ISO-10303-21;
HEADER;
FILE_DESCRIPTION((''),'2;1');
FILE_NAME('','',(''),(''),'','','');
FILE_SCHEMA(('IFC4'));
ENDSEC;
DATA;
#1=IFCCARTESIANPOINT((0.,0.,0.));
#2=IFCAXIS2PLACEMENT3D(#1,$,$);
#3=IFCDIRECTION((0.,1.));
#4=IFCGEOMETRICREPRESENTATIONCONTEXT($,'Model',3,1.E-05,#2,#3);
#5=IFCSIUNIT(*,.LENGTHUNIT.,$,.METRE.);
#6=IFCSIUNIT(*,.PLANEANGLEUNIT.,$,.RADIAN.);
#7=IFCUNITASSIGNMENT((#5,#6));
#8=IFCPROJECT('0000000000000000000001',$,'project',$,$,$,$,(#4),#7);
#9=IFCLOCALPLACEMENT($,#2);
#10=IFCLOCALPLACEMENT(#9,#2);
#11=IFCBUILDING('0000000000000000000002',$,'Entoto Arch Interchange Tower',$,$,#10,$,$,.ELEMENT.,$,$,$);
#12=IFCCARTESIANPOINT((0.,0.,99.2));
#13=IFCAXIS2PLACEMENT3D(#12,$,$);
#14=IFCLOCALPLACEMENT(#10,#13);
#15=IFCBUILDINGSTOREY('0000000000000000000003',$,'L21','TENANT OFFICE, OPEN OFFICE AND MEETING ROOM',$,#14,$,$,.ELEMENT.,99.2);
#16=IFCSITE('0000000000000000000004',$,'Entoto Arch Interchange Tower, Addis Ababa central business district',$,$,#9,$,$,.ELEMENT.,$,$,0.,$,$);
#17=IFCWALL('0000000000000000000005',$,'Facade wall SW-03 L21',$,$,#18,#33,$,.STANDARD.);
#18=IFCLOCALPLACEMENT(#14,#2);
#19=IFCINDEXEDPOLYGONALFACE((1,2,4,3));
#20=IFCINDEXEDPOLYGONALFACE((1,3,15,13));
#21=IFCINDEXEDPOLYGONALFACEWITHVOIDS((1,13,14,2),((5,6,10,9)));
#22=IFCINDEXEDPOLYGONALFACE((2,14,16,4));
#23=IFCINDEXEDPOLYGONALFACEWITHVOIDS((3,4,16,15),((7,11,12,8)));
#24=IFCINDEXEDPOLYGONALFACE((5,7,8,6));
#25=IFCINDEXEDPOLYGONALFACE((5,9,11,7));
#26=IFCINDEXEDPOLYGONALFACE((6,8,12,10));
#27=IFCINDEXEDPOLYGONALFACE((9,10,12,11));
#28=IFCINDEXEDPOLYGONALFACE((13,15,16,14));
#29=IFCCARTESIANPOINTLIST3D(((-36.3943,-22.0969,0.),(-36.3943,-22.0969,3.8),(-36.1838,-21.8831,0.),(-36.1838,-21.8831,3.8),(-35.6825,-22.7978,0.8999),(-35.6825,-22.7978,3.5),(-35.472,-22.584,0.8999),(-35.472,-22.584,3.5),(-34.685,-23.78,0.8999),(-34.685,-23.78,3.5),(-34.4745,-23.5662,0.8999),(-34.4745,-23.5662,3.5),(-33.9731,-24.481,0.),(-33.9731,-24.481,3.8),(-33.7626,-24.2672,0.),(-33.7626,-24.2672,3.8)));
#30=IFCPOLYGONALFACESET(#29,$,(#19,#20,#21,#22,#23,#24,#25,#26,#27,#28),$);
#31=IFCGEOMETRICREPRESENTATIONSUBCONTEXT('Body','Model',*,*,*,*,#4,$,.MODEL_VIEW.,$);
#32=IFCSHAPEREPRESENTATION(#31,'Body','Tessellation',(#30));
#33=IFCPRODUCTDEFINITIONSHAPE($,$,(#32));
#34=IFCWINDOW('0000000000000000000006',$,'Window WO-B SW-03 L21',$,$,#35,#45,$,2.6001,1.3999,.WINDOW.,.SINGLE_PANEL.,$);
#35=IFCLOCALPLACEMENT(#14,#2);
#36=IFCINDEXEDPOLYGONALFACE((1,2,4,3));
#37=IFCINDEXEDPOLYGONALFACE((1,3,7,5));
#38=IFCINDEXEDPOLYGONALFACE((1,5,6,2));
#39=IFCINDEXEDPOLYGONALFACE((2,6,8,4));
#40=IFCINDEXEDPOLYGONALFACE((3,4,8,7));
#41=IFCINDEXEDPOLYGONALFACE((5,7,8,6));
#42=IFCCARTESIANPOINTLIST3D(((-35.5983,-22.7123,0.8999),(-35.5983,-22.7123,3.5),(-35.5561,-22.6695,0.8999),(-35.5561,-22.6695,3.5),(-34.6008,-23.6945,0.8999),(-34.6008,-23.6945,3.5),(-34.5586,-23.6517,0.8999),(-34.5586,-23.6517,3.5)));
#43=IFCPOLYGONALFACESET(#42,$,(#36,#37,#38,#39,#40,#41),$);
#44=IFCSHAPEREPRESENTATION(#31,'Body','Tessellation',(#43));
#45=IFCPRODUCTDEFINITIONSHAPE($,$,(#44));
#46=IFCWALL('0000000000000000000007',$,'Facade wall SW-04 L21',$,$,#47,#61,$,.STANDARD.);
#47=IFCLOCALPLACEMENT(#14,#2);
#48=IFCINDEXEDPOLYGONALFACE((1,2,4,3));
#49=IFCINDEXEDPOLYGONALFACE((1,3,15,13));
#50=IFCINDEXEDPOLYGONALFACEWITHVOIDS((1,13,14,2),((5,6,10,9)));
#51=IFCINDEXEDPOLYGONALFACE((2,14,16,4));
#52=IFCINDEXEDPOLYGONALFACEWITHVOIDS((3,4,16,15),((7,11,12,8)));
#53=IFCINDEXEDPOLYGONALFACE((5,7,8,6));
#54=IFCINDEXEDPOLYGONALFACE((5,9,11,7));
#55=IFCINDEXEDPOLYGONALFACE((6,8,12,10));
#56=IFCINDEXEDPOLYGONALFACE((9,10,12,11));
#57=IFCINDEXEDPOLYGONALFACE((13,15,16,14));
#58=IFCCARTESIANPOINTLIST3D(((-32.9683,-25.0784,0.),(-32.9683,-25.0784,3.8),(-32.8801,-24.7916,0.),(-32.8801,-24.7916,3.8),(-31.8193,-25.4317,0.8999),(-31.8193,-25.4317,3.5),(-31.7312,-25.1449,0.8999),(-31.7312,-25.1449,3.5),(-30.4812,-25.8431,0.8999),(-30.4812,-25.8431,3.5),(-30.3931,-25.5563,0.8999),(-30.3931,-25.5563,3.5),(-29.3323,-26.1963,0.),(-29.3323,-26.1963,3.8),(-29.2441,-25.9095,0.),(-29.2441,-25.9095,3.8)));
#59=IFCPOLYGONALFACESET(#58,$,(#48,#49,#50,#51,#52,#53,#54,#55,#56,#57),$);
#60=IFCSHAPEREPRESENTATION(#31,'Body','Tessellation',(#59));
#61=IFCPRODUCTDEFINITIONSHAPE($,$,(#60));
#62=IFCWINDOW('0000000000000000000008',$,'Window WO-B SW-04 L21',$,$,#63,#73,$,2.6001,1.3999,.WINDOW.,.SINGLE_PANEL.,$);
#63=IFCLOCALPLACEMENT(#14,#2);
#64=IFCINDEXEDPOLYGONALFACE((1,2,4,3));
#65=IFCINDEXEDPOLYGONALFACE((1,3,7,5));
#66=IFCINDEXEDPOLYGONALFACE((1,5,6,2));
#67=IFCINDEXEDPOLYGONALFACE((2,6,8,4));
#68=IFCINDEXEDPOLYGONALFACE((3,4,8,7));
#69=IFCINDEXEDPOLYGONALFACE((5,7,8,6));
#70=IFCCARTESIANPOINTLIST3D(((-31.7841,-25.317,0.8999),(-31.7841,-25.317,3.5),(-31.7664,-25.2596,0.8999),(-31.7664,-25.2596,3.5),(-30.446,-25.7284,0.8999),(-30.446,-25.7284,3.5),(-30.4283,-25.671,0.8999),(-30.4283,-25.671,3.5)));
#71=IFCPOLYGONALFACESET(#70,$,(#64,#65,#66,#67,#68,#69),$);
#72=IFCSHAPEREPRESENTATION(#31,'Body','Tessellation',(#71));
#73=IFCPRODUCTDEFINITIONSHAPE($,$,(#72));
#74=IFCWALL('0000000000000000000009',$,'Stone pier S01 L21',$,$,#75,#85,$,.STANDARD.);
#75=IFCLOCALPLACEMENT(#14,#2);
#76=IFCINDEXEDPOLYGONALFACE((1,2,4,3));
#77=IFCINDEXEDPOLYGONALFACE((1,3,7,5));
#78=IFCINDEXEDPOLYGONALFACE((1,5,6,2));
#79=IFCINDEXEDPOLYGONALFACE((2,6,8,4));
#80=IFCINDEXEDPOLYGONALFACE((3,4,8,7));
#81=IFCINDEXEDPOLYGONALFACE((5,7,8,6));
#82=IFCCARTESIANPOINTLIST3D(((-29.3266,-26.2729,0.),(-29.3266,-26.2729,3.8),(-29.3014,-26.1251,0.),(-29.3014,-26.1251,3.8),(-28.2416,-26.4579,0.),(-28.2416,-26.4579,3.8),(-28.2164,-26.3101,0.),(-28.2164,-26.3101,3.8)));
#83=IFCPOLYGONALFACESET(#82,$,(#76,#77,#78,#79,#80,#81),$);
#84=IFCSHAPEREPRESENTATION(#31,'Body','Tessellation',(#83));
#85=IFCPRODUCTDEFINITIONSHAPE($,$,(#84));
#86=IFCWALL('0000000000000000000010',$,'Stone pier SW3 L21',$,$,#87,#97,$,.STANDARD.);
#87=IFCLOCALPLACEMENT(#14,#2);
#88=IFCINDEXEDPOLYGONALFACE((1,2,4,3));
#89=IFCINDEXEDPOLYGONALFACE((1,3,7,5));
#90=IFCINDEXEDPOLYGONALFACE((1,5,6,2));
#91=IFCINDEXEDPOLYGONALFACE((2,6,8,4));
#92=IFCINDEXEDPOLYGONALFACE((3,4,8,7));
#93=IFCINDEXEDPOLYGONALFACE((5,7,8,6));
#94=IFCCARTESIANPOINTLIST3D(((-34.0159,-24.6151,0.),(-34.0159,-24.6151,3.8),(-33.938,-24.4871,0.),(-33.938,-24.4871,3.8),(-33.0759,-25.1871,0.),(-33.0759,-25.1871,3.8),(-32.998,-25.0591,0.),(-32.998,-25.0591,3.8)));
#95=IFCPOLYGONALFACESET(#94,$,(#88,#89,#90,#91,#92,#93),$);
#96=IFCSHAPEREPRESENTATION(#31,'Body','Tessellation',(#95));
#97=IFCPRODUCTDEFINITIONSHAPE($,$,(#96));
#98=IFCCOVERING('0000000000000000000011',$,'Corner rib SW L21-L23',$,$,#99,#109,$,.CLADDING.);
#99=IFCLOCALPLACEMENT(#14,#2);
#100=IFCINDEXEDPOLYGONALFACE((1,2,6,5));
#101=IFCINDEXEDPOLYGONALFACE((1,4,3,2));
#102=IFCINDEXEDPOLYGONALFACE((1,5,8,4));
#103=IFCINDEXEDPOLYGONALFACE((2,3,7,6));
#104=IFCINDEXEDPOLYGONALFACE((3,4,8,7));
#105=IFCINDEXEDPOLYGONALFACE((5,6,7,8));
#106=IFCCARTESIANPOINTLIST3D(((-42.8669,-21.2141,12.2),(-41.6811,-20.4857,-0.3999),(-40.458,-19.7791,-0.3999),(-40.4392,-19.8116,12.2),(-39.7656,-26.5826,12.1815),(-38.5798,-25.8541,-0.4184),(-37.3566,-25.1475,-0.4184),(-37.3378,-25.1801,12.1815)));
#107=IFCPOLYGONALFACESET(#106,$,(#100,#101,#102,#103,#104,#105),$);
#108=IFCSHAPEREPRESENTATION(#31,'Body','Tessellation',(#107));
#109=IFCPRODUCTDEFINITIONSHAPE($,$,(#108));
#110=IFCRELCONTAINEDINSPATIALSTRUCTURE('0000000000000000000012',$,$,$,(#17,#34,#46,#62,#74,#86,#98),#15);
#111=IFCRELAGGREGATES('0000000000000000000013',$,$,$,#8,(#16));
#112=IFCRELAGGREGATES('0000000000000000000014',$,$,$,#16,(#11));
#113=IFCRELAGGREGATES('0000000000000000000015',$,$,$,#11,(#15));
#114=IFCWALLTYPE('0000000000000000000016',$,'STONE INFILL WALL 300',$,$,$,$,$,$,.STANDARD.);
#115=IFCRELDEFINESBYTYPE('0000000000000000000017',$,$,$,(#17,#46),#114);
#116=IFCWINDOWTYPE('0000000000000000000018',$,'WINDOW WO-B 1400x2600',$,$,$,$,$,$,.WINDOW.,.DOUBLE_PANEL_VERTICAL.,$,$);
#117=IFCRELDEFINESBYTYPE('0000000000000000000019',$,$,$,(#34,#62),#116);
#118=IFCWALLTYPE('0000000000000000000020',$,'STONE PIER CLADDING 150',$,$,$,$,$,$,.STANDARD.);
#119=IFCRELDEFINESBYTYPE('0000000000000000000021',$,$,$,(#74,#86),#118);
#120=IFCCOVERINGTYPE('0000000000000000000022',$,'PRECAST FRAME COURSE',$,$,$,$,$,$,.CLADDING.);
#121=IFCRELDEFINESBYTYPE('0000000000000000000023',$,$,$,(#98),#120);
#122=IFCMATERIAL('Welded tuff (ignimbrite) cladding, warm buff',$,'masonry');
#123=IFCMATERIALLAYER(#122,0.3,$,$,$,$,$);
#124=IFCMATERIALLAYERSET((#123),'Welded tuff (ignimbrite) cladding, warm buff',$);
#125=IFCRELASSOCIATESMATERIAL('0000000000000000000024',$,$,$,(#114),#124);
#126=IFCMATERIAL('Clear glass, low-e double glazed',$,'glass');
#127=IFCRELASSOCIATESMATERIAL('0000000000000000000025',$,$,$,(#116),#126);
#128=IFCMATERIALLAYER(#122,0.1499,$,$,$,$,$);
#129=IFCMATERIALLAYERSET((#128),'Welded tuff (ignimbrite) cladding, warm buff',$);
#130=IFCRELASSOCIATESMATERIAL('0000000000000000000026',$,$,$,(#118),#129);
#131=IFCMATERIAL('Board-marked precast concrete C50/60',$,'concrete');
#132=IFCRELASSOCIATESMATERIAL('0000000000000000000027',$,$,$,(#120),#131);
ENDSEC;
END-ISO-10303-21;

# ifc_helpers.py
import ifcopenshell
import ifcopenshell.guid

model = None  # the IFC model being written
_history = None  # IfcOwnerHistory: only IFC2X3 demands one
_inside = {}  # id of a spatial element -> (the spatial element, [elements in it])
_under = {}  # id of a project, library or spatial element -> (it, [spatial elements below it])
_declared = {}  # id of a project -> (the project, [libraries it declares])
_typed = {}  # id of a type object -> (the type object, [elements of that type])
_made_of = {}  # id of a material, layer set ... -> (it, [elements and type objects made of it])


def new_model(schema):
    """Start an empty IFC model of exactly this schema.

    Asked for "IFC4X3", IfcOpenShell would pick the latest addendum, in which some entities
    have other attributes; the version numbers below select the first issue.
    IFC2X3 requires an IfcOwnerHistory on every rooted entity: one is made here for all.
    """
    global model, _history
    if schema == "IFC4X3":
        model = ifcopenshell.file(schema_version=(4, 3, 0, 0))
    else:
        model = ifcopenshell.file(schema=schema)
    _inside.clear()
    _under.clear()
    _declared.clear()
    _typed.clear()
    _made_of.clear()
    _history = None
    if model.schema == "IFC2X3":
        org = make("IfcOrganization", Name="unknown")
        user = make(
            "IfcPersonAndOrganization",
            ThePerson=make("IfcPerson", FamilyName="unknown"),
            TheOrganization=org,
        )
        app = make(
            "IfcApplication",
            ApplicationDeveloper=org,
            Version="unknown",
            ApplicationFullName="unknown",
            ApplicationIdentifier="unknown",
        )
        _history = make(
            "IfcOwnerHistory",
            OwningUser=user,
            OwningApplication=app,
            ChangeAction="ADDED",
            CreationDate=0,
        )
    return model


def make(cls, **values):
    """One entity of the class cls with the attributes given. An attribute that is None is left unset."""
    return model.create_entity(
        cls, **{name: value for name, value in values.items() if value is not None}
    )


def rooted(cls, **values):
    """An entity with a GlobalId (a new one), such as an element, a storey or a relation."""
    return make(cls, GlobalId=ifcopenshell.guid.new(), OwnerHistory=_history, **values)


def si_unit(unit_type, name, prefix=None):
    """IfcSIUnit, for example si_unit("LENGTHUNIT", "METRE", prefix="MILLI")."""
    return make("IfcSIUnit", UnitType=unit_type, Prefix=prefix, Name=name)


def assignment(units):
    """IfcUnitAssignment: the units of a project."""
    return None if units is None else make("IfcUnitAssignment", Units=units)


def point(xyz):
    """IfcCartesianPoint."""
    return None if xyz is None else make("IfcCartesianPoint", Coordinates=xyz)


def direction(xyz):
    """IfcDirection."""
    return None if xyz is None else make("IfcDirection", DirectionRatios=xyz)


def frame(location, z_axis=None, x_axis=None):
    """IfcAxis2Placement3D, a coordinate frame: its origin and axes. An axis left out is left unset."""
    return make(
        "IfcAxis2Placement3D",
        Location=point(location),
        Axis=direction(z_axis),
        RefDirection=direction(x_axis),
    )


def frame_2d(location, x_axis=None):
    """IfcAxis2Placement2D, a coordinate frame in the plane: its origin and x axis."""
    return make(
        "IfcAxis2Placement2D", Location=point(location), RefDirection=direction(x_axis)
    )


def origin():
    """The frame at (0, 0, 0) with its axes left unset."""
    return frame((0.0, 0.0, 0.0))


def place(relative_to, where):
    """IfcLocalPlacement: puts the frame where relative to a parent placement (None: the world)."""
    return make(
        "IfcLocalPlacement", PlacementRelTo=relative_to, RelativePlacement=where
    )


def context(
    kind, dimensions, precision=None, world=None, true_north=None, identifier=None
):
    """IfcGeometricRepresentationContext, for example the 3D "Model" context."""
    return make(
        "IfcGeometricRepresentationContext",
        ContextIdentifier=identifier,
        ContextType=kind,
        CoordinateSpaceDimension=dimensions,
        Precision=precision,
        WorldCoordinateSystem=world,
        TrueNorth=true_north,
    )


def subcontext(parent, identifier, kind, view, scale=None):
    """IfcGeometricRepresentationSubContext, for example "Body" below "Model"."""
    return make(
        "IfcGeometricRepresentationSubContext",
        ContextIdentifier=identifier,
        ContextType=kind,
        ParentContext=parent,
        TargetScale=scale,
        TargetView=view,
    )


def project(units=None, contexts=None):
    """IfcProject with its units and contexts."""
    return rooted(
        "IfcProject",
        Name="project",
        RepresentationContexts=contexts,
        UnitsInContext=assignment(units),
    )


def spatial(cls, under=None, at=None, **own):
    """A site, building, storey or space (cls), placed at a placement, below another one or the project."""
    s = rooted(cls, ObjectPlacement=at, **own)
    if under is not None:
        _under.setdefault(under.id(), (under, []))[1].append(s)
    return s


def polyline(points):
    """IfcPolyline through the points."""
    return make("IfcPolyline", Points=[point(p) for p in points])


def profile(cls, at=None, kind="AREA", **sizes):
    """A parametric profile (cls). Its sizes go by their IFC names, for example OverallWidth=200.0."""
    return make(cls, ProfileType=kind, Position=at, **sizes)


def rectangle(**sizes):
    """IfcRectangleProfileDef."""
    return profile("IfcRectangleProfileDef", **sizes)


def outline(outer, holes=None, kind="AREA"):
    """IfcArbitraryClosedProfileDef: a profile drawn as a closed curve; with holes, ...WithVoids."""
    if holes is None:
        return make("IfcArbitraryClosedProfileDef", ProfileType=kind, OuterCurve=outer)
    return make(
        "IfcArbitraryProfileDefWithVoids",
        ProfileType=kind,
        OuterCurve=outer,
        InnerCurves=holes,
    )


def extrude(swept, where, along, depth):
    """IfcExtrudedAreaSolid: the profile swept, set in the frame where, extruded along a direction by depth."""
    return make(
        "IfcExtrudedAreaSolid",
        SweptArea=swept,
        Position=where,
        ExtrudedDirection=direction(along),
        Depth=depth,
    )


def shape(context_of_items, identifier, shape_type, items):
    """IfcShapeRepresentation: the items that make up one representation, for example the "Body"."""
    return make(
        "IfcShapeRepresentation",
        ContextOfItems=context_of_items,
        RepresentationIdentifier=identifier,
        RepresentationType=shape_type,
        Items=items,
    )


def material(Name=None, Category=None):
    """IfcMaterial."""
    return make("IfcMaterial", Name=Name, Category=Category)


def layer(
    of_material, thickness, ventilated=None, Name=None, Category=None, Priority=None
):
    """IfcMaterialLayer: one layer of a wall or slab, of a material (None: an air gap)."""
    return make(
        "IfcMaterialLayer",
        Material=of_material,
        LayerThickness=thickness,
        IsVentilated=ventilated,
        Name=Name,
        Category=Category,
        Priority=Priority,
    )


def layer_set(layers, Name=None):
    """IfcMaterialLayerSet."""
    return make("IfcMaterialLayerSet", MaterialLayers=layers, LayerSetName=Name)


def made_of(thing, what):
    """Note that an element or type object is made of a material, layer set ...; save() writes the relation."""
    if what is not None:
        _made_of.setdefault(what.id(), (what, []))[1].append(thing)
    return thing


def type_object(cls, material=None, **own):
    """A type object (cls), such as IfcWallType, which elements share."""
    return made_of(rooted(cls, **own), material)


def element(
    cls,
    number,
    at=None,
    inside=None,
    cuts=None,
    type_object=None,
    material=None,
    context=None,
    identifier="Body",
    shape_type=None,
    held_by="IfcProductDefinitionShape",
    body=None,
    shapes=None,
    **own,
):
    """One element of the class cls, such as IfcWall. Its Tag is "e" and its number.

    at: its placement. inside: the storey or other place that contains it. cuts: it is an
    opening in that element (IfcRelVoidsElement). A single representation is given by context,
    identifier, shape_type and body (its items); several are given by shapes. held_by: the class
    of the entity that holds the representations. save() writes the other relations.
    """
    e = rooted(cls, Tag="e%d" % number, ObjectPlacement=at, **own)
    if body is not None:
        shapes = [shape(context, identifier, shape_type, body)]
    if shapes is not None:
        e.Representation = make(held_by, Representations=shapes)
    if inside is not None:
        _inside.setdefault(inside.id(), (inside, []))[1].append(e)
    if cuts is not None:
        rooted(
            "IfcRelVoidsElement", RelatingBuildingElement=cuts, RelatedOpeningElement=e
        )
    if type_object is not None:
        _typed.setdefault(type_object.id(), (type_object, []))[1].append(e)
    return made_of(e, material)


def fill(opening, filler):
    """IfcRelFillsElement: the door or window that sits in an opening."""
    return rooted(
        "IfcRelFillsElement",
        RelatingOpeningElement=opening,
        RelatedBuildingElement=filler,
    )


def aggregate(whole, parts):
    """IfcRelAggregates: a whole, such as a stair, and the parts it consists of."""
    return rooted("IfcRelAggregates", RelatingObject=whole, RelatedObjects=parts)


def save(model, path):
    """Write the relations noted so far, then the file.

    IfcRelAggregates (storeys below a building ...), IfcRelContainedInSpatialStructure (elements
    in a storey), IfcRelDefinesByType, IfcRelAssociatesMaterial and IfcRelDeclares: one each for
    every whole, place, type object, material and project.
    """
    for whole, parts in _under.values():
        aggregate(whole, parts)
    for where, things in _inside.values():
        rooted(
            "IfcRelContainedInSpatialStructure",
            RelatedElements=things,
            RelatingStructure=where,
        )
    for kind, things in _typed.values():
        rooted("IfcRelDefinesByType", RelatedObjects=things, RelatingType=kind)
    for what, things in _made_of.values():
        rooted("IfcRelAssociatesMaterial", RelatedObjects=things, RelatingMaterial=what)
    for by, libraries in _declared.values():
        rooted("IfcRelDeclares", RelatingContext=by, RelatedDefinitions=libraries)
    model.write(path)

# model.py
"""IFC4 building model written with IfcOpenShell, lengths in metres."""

from ifc_helpers import new_model, si_unit, direction, frame, frame_2d, origin, place, context, subcontext, project, spatial, polyline, rectangle, outline, extrude, material, layer, layer_set, type_object, element, fill, save


model = new_model("IFC4")

# Units and contexts
model_context = context("Model", 3, precision=1e-05, world=origin(), true_north=direction((0.0, 1.0)))
body_context = subcontext(model_context, "Body", "Model", "MODEL_VIEW")
ifc_project = project(units=[si_unit("LENGTHUNIT", "METRE"), si_unit("PLANEANGLEUNIT", "RADIAN")], contexts=[model_context])

# Site, building, storey
site_placement = place(None, origin())
site = spatial("IfcSite", under=ifc_project, at=site_placement, Name="Entoto Arch Interchange Tower, Addis Ababa central business district", CompositionType="ELEMENT", RefElevation=0.0)
building_placement = place(site_placement, origin())
building = spatial("IfcBuilding", under=site, at=building_placement, Name="Entoto Arch Interchange Tower", CompositionType="ELEMENT")
storey_placement = place(building_placement, frame((0.0, 0.0, 99.2)))
storey = spatial("IfcBuildingStorey", under=building, at=storey_placement, Name="L21", Description="TENANT OFFICE, OPEN OFFICE AND MEETING ROOM", CompositionType="ELEMENT", Elevation=99.2)

# Shared definitions
ifc_material_1 = material(Name="Welded tuff (ignimbrite) cladding, warm buff", Category="masonry")
ifc_layer_1 = layer(ifc_material_1, 0.3)
ifc_layer_set_1 = layer_set([ifc_layer_1], Name="Welded tuff (ignimbrite) cladding, warm buff")
wall_type_1 = type_object("IfcWallType", Name="STONE INFILL WALL 300", PredefinedType="STANDARD", material=ifc_layer_set_1)
ifc_material_2 = material(Name="Clear glass, low-e double glazed", Category="glass")

# Walls, openings, windows
window_type_1 = type_object("IfcWindowType", Name="WINDOW WO-B 1400x2600", PartitioningType="DOUBLE_PANEL_VERTICAL", PredefinedType="WINDOW", material=ifc_material_2)
wall_1_placement = place(storey_placement, frame((-36.2891, -21.99, 0.0), z_axis=(0.0, 0.0, 1.0), x_axis=(0.712546, -0.701625, 0.0)))
wall_1 = element("IfcWall", 1, at=wall_1_placement, inside=storey, type_object=wall_type_1, Name="Facade wall SW-03 L21", PredefinedType="STANDARD", context=body_context, shape_type="SweptSolid", body=[
    extrude(rectangle(XDim=3.3979, YDim=0.3, at=frame_2d((1.699, 0.0))), origin(), (0.0, 0.0, 1.0), 3.8),
])
opening_1_placement = place(wall_1_placement, frame((0.999, 0.0, 0.8999)))
opening_1 = element("IfcOpeningElement", 2, at=opening_1_placement, cuts=wall_1, PredefinedType="OPENING", context=body_context, shape_type="SweptSolid", body=[
    extrude(rectangle(XDim=1.3999, YDim=2.6001, at=frame_2d((0.7, 1.3))), frame((0.0, 0.1602, 0.0), z_axis=(0.0, -1.0, 0.0), x_axis=(1.0, 0.0, 0.0)), (0.0, 0.0, 1.0), 0.3201),
])
window_1_placement = place(opening_1_placement, origin())
window_1 = element("IfcWindow", 3, at=window_1_placement, inside=storey, type_object=window_type_1, Name="Window WO-B SW-03 L21", OverallHeight=2.6001, OverallWidth=1.3999, PartitioningType="SINGLE_PANEL", PredefinedType="WINDOW", context=body_context, shape_type="SweptSolid", body=[
    extrude(rectangle(XDim=1.3999, YDim=2.6001, at=frame_2d((0.7, 1.3))), frame((0.0, 0.03, 0.0), z_axis=(0.0, -1.0, 0.0), x_axis=(1.0, 0.0, 0.0)), (0.0, 0.0, 1.0), 0.0601),
])
fill(opening_1, window_1)
wall_2_placement = place(storey_placement, frame((-32.9241, -24.9351, 0.0), z_axis=(0.0, 0.0, 1.0), x_axis=(0.955841, -0.293883, 0.0)))
wall_2 = element("IfcWall", 4, at=wall_2_placement, inside=storey, type_object=wall_type_1, Name="Facade wall SW-04 L21", PredefinedType="STANDARD", context=body_context, shape_type="SweptSolid", body=[
    extrude(rectangle(XDim=3.804, YDim=0.3, at=frame_2d((1.9019, 0.0))), origin(), (0.0, 0.0, 1.0), 3.8),
])
opening_2_placement = place(wall_2_placement, frame((1.2019, 0.0, 0.8999)))
opening_2 = element("IfcOpeningElement", 5, at=opening_2_placement, cuts=wall_2, PredefinedType="OPENING", context=body_context, shape_type="SweptSolid", body=[
    extrude(rectangle(XDim=1.3999, YDim=2.6001, at=frame_2d((0.7, 1.3))), frame((0.0, 0.1602, 0.0), z_axis=(0.0, -1.0, 0.0), x_axis=(1.0, 0.0, 0.0)), (0.0, 0.0, 1.0), 0.3201),
])
window_2_placement = place(opening_2_placement, origin())
window_2 = element("IfcWindow", 6, at=window_2_placement, inside=storey, type_object=window_type_1, Name="Window WO-B SW-04 L21", OverallHeight=2.6001, OverallWidth=1.3999, PartitioningType="SINGLE_PANEL", PredefinedType="WINDOW", context=body_context, shape_type="SweptSolid", body=[
    extrude(rectangle(XDim=1.3999, YDim=2.6001, at=frame_2d((0.7, 1.3))), frame((0.0, 0.03, 0.0), z_axis=(0.0, -1.0, 0.0), x_axis=(1.0, 0.0, 0.0)), (0.0, 0.0, 1.0), 0.0601),
])
fill(opening_2, window_2)

# Walls
ifc_layer_2 = layer(ifc_material_1, 0.1499)
ifc_layer_set_2 = layer_set([ifc_layer_2], Name="Welded tuff (ignimbrite) cladding, warm buff")
wall_type_2 = type_object("IfcWallType", Name="STONE PIER CLADDING 150", PredefinedType="STANDARD", material=ifc_layer_set_2)
wall_3_placement = place(storey_placement, frame((-29.314, -26.199, 0.0), z_axis=(0.0, 0.0, 1.0), x_axis=(0.985763, -0.168139, 0.0)))
element("IfcWall", 7, at=wall_3_placement, inside=storey, type_object=wall_type_2, Name="Stone pier S01 L21", PredefinedType="STANDARD", context=body_context, shape_type="SweptSolid", body=[
    extrude(rectangle(XDim=1.1006, YDim=0.1499, at=frame_2d((0.5503, 0.0))), origin(), (0.0, 0.0, 1.0), 3.8),
])
wall_4_placement = place(storey_placement, frame((-33.9771, -24.551, 0.0), z_axis=(0.0, 0.0, 1.0), x_axis=(0.854246, -0.51987, 0.0)))
element("IfcWall", 8, at=wall_4_placement, inside=storey, type_object=wall_type_2, Name="Stone pier SW3 L21", PredefinedType="STANDARD", context=body_context, shape_type="SweptSolid", body=[
    extrude(rectangle(XDim=1.1003, YDim=0.1499, at=frame_2d((0.5503, 0.0))), origin(), (0.0, 0.0, 1.0), 3.8),
])

# Covering
ifc_material_3 = material(Name="Board-marked precast concrete C50/60", Category="concrete")
covering_type = type_object("IfcCoveringType", Name="PRECAST FRAME COURSE", PredefinedType="CLADDING", material=ifc_material_3)
covering_1_placement = place(storey_placement, frame((-40.458, -19.7791, -0.3999), z_axis=(-0.500228, 0.865889, 0.002983), x_axis=(-0.865892, -0.50023, 0.000001)))
element("IfcCovering", 9, at=covering_1_placement, inside=storey, type_object=covering_type, Name="Corner rib SW L21-L23", PredefinedType="CLADDING", context=body_context, shape_type="SweptSolid", body=[
    extrude(outline(polyline([(0.0, 0.0), (1.4126, 0.0), (2.8038, 12.5999), (0.0, 12.5999), (0.0, 0.0)])), origin(), (0.0, 0.0, -1.0), 6.2),
])

save(model, "model.ifc")
